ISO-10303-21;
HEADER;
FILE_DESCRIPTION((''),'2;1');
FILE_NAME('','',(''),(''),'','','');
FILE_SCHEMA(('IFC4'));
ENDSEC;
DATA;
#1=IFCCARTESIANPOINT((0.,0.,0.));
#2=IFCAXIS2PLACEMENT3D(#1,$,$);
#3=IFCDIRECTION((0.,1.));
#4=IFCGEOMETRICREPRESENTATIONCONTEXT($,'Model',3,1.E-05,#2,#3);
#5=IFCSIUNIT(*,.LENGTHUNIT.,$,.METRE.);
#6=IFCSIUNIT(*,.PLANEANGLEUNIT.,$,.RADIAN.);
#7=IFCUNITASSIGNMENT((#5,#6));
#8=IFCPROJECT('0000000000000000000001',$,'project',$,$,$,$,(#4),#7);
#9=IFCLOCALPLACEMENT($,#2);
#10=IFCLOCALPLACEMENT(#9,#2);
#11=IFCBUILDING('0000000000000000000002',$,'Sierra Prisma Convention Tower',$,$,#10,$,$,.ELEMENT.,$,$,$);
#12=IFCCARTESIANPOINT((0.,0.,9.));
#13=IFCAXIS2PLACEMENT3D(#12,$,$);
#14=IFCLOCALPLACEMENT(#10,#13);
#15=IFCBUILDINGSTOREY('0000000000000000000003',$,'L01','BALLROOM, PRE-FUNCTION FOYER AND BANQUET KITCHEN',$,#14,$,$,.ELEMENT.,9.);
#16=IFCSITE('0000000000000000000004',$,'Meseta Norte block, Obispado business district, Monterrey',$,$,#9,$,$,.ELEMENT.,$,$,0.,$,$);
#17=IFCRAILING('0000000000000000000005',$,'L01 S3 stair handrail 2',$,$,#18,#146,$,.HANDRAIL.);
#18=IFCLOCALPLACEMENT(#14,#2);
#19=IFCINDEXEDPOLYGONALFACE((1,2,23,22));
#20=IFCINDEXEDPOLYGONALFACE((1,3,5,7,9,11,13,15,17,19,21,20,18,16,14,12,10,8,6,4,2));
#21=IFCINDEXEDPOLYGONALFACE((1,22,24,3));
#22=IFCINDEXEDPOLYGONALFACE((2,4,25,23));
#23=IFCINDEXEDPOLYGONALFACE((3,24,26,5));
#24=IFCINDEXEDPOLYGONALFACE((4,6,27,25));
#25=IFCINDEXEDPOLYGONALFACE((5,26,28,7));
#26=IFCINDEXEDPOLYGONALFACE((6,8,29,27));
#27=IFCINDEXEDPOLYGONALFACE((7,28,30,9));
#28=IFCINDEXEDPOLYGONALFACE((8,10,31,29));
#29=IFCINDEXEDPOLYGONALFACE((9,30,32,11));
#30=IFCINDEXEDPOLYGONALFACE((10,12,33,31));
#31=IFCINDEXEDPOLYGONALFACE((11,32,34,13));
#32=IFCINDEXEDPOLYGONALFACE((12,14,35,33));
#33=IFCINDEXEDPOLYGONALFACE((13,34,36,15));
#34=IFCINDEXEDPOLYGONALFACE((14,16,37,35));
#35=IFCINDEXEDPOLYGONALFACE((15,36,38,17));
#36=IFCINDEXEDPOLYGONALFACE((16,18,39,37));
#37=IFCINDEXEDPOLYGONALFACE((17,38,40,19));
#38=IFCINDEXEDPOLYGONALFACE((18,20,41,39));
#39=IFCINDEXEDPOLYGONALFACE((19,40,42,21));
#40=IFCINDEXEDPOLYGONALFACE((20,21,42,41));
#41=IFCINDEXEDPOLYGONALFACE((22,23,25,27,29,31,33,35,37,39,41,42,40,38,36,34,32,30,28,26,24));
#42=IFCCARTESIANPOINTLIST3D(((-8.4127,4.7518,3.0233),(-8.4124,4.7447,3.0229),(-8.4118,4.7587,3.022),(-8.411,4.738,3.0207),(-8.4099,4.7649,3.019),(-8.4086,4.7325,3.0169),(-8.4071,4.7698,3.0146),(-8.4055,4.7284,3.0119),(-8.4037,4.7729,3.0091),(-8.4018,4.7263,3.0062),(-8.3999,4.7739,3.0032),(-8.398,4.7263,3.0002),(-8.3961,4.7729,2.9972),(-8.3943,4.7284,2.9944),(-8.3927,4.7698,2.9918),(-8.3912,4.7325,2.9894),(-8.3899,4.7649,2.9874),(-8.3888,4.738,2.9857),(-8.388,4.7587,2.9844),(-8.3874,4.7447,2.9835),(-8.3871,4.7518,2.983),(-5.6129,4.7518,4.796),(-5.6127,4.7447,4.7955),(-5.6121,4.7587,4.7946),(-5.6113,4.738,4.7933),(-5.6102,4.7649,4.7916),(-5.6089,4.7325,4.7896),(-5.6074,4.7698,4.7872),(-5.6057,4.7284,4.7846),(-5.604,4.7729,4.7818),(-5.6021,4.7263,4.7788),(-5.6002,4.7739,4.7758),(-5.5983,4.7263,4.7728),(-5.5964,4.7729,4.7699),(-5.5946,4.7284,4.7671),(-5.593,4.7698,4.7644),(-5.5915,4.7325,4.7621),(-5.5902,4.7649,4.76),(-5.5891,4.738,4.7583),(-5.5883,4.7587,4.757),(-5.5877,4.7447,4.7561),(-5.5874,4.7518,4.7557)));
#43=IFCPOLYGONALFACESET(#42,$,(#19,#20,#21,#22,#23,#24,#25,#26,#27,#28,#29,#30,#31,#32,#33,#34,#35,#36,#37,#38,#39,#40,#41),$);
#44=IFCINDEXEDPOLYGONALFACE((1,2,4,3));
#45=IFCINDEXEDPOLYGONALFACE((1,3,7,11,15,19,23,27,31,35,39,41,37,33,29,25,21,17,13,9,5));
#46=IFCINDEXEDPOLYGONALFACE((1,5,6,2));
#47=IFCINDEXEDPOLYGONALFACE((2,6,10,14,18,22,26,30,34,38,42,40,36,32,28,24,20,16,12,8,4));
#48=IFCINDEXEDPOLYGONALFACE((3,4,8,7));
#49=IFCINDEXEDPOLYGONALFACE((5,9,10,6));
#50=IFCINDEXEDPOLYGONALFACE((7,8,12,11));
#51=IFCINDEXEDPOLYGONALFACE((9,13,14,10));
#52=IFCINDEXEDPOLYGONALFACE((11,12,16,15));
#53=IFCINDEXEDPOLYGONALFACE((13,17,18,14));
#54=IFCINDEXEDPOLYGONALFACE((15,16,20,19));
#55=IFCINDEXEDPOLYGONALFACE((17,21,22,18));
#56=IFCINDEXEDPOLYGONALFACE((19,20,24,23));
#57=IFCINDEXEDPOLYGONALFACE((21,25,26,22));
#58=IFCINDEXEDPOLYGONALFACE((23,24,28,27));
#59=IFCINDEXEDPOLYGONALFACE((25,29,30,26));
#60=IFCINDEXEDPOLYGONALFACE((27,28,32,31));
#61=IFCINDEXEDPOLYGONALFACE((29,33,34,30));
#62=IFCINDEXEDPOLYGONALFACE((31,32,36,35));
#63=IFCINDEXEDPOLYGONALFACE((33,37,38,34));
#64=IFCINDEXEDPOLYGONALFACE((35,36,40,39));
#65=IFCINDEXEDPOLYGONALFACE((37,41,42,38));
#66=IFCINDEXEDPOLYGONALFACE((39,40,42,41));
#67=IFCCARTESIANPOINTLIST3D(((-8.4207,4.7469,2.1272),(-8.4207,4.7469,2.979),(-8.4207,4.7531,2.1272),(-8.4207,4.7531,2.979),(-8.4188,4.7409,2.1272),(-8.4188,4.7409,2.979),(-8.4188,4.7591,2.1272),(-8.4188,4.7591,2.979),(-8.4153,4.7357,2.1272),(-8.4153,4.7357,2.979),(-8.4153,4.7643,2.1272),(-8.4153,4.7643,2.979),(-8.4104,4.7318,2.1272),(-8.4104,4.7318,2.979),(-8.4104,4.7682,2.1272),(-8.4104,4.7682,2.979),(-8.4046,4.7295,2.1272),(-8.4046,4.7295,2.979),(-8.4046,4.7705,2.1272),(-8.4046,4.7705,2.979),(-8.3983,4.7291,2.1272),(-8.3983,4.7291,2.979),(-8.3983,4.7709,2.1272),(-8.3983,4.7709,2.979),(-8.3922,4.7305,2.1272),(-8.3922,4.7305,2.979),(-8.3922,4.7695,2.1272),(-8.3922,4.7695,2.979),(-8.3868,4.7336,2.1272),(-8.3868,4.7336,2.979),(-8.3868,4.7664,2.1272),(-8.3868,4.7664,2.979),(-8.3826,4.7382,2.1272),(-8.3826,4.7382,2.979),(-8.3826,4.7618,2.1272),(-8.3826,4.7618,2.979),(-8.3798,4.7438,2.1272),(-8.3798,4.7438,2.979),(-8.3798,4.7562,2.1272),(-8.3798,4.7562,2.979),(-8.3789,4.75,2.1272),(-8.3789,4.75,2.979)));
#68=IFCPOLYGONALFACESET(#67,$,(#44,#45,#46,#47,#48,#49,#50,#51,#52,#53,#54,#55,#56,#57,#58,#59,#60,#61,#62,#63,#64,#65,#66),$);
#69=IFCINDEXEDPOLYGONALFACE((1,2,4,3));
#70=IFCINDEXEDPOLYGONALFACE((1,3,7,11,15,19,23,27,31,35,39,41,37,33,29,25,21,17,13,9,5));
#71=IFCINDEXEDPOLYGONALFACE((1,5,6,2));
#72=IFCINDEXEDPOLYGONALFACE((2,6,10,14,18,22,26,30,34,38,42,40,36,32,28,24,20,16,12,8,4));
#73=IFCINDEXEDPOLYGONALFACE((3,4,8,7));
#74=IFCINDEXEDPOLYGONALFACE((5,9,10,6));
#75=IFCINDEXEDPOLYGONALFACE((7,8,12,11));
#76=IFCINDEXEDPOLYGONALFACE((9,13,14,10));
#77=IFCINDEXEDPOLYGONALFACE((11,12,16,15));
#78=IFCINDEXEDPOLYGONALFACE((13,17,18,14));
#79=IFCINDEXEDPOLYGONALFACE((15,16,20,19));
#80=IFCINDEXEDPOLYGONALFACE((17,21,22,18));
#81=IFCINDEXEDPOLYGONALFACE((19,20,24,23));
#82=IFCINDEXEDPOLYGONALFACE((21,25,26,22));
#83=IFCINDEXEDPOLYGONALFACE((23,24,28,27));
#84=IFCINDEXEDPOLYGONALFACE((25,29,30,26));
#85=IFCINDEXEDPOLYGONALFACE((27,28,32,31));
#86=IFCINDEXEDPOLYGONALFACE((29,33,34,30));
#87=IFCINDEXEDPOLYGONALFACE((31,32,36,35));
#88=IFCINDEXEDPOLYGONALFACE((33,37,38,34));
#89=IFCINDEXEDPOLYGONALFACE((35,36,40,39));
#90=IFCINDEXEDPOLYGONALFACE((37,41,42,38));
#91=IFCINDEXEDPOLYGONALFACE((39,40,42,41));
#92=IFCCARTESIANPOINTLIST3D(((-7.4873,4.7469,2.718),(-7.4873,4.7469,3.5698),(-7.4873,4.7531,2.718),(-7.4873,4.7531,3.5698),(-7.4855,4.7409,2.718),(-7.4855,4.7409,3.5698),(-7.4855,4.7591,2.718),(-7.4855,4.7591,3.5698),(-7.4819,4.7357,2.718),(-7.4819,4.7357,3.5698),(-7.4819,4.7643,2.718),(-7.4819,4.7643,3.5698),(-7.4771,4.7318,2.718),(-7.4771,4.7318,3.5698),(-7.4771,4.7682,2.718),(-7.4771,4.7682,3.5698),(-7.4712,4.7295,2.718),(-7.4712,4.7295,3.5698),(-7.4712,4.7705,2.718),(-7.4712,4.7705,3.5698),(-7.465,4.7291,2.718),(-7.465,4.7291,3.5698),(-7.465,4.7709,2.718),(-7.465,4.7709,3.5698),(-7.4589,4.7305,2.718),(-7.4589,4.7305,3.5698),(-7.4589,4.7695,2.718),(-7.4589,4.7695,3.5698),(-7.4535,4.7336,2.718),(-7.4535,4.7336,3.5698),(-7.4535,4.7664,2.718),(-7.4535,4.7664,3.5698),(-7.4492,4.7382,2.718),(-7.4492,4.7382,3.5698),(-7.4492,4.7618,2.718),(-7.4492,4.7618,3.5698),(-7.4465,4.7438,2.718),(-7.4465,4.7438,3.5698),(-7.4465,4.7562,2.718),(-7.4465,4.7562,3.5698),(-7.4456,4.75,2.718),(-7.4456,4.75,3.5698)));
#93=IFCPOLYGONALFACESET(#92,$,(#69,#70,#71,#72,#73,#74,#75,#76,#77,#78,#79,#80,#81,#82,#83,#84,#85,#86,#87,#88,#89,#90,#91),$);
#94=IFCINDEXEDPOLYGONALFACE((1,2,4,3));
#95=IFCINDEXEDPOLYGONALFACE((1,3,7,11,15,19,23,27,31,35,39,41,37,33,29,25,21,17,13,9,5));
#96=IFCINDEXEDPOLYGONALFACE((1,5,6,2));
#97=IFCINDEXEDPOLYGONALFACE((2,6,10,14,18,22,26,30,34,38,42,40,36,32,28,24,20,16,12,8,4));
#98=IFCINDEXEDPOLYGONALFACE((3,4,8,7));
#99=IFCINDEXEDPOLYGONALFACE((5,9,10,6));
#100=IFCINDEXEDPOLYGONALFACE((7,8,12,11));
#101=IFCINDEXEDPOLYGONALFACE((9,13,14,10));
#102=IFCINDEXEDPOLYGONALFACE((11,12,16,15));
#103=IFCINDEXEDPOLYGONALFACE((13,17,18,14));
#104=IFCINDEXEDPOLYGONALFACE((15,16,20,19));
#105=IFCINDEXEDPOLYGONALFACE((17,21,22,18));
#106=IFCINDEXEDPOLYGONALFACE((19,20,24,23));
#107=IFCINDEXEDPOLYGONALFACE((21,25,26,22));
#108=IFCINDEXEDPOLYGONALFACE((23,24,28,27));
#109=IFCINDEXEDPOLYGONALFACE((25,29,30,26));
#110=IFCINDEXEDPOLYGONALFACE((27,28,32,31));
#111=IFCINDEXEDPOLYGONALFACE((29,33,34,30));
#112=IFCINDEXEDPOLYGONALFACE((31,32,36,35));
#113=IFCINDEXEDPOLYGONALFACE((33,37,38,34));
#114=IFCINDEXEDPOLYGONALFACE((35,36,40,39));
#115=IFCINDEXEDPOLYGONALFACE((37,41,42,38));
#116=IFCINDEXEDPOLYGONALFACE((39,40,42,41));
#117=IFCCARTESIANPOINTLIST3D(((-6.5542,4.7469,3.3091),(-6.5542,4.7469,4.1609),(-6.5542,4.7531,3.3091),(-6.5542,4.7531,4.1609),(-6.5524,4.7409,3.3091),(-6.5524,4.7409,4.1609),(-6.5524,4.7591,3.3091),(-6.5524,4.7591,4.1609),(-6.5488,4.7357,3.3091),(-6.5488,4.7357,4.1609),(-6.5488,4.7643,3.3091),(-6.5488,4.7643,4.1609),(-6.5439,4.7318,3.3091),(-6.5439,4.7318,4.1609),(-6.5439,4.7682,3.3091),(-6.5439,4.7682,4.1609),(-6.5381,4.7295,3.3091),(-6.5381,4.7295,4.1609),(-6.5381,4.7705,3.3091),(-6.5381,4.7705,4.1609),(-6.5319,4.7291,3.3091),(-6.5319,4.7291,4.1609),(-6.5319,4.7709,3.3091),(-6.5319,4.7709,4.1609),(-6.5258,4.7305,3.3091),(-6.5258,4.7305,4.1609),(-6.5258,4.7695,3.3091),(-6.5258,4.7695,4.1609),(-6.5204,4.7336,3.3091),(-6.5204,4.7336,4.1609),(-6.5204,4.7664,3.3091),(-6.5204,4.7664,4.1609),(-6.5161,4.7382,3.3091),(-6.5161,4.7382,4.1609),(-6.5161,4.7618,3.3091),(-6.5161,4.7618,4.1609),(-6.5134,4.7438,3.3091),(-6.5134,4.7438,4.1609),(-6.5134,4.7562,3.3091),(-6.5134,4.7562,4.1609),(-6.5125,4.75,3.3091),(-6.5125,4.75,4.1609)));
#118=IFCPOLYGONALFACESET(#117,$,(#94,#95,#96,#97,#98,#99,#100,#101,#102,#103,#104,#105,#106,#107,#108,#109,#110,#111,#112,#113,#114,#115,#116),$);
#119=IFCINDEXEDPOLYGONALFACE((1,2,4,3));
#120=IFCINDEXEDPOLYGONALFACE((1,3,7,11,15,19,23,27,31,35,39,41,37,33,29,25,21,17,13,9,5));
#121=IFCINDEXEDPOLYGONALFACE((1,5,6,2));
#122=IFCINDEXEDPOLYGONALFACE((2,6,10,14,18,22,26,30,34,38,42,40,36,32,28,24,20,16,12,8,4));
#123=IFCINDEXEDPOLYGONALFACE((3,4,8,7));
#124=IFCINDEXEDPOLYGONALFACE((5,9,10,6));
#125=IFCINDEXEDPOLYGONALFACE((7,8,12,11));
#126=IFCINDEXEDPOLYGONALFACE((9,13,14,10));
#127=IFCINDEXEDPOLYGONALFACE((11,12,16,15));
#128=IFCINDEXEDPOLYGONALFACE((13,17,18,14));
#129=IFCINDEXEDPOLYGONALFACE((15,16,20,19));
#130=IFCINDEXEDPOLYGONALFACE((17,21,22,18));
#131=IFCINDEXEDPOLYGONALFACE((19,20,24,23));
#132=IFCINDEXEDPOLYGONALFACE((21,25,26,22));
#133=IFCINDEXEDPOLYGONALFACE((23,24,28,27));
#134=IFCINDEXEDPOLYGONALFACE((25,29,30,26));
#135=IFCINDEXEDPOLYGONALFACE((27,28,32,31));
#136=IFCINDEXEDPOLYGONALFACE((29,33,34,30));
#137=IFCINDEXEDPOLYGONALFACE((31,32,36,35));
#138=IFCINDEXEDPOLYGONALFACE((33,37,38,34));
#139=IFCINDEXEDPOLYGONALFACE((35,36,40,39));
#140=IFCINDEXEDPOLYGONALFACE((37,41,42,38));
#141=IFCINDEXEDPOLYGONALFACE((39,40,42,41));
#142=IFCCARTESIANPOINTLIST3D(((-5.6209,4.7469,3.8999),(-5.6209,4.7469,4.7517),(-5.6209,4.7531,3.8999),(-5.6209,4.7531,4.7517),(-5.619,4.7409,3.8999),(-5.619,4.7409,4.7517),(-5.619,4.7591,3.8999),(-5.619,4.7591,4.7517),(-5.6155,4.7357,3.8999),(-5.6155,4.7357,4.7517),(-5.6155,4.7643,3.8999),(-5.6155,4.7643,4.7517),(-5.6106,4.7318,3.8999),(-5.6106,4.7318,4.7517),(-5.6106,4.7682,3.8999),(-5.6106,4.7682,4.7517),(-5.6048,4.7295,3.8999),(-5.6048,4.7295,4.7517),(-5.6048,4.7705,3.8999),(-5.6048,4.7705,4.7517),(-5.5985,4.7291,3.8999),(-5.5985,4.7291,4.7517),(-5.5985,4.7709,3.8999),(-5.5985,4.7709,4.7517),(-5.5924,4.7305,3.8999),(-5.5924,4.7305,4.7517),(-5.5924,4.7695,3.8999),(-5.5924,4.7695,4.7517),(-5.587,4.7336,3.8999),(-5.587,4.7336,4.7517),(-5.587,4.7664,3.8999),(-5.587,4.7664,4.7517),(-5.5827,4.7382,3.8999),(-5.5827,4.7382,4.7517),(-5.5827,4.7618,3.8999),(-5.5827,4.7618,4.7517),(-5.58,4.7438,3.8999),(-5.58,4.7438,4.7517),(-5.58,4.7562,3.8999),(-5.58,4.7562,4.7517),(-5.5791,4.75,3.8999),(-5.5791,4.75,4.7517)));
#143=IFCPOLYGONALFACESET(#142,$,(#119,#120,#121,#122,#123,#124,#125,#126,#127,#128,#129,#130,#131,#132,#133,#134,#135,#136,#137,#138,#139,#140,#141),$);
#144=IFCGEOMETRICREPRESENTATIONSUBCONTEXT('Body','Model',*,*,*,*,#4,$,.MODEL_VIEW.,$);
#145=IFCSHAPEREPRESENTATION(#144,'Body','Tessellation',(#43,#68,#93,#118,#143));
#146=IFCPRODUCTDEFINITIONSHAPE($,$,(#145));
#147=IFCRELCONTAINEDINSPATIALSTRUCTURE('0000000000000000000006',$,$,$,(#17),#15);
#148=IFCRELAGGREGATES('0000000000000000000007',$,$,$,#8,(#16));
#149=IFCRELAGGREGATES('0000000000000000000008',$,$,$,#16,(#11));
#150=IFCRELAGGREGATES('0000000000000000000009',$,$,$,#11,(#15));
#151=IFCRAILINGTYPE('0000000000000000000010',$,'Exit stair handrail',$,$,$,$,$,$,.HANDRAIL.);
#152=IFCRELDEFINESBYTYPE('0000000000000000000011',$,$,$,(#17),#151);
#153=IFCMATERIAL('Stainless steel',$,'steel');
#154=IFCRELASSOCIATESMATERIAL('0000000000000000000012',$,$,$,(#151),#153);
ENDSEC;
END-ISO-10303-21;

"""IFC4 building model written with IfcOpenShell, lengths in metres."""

from ifc_helpers import new_model, si_unit, direction, frame, origin, origin_2d, place, context, subcontext, project, spatial, circle, extrude, material, type_object, element, save


model = new_model("IFC4")

# Units and contexts
model_context = context("Model", 3, precision=1e-05, world=origin(), true_north=direction((0.0, 1.0)))
body_context = subcontext(model_context, "Body", "Model", "MODEL_VIEW")
ifc_project = project(units=[si_unit("LENGTHUNIT", "METRE"), si_unit("PLANEANGLEUNIT", "RADIAN")], contexts=[model_context])

# Site, building, storey
site_placement = place(None, origin())
site = spatial("IfcSite", under=ifc_project, at=site_placement, Name="Meseta Norte block, Obispado business district, Monterrey", CompositionType="ELEMENT", RefElevation=0.0)
building_placement = place(site_placement, origin())
building = spatial("IfcBuilding", under=site, at=building_placement, Name="Sierra Prisma Convention Tower", CompositionType="ELEMENT")
storey_placement = place(building_placement, frame((0.0, 0.0, 9.0)))
storey = spatial("IfcBuildingStorey", under=building, at=storey_placement, Name="L01", Description="BALLROOM, PRE-FUNCTION FOYER AND BANQUET KITCHEN", CompositionType="ELEMENT", Elevation=9.0)

# Railing
ifc_material_1 = material(Name="Stainless steel", Category="steel")
railing_type_1 = type_object("IfcRailingType", Name="Exit stair handrail", PredefinedType="HANDRAIL", material=ifc_material_1)
for number, where, name in (
    (1, (-8.3999, 4.75, 2.1272), "L01 S3 stair handrail 2"),
):
    element("IfcRailing", number, at=place(storey_placement, frame(where)), inside=storey, type_object=railing_type_1, Name=name, PredefinedType="HANDRAIL", context=body_context, shape_type="SweptSolid", body=[
        extrude(circle(Radius=0.0239, at=origin_2d()), frame((0.0, 0.0, 0.876), z_axis=(0.844888, 0.0, 0.534943), x_axis=(0.0, 1.0, 0.0)), (0.0, 0.0, 1.0), 3.3137),
        extrude(circle(Radius=0.021, at=origin_2d()), origin(), (0.0, 0.0, 1.0), 0.8518),
        extrude(circle(Radius=0.021, at=origin_2d()), frame((0.9333, 0.0, 0.5908)), (0.0, 0.0, 1.0), 0.8518),
        extrude(circle(Radius=0.021, at=origin_2d()), frame((1.8665, 0.0, 1.1819)), (0.0, 0.0, 1.0), 0.8518),
        extrude(circle(Radius=0.021, at=origin_2d()), frame((2.7998, 0.0, 1.7727)), (0.0, 0.0, 1.0), 0.8518),
    ])

save(model, "model.ifc")
